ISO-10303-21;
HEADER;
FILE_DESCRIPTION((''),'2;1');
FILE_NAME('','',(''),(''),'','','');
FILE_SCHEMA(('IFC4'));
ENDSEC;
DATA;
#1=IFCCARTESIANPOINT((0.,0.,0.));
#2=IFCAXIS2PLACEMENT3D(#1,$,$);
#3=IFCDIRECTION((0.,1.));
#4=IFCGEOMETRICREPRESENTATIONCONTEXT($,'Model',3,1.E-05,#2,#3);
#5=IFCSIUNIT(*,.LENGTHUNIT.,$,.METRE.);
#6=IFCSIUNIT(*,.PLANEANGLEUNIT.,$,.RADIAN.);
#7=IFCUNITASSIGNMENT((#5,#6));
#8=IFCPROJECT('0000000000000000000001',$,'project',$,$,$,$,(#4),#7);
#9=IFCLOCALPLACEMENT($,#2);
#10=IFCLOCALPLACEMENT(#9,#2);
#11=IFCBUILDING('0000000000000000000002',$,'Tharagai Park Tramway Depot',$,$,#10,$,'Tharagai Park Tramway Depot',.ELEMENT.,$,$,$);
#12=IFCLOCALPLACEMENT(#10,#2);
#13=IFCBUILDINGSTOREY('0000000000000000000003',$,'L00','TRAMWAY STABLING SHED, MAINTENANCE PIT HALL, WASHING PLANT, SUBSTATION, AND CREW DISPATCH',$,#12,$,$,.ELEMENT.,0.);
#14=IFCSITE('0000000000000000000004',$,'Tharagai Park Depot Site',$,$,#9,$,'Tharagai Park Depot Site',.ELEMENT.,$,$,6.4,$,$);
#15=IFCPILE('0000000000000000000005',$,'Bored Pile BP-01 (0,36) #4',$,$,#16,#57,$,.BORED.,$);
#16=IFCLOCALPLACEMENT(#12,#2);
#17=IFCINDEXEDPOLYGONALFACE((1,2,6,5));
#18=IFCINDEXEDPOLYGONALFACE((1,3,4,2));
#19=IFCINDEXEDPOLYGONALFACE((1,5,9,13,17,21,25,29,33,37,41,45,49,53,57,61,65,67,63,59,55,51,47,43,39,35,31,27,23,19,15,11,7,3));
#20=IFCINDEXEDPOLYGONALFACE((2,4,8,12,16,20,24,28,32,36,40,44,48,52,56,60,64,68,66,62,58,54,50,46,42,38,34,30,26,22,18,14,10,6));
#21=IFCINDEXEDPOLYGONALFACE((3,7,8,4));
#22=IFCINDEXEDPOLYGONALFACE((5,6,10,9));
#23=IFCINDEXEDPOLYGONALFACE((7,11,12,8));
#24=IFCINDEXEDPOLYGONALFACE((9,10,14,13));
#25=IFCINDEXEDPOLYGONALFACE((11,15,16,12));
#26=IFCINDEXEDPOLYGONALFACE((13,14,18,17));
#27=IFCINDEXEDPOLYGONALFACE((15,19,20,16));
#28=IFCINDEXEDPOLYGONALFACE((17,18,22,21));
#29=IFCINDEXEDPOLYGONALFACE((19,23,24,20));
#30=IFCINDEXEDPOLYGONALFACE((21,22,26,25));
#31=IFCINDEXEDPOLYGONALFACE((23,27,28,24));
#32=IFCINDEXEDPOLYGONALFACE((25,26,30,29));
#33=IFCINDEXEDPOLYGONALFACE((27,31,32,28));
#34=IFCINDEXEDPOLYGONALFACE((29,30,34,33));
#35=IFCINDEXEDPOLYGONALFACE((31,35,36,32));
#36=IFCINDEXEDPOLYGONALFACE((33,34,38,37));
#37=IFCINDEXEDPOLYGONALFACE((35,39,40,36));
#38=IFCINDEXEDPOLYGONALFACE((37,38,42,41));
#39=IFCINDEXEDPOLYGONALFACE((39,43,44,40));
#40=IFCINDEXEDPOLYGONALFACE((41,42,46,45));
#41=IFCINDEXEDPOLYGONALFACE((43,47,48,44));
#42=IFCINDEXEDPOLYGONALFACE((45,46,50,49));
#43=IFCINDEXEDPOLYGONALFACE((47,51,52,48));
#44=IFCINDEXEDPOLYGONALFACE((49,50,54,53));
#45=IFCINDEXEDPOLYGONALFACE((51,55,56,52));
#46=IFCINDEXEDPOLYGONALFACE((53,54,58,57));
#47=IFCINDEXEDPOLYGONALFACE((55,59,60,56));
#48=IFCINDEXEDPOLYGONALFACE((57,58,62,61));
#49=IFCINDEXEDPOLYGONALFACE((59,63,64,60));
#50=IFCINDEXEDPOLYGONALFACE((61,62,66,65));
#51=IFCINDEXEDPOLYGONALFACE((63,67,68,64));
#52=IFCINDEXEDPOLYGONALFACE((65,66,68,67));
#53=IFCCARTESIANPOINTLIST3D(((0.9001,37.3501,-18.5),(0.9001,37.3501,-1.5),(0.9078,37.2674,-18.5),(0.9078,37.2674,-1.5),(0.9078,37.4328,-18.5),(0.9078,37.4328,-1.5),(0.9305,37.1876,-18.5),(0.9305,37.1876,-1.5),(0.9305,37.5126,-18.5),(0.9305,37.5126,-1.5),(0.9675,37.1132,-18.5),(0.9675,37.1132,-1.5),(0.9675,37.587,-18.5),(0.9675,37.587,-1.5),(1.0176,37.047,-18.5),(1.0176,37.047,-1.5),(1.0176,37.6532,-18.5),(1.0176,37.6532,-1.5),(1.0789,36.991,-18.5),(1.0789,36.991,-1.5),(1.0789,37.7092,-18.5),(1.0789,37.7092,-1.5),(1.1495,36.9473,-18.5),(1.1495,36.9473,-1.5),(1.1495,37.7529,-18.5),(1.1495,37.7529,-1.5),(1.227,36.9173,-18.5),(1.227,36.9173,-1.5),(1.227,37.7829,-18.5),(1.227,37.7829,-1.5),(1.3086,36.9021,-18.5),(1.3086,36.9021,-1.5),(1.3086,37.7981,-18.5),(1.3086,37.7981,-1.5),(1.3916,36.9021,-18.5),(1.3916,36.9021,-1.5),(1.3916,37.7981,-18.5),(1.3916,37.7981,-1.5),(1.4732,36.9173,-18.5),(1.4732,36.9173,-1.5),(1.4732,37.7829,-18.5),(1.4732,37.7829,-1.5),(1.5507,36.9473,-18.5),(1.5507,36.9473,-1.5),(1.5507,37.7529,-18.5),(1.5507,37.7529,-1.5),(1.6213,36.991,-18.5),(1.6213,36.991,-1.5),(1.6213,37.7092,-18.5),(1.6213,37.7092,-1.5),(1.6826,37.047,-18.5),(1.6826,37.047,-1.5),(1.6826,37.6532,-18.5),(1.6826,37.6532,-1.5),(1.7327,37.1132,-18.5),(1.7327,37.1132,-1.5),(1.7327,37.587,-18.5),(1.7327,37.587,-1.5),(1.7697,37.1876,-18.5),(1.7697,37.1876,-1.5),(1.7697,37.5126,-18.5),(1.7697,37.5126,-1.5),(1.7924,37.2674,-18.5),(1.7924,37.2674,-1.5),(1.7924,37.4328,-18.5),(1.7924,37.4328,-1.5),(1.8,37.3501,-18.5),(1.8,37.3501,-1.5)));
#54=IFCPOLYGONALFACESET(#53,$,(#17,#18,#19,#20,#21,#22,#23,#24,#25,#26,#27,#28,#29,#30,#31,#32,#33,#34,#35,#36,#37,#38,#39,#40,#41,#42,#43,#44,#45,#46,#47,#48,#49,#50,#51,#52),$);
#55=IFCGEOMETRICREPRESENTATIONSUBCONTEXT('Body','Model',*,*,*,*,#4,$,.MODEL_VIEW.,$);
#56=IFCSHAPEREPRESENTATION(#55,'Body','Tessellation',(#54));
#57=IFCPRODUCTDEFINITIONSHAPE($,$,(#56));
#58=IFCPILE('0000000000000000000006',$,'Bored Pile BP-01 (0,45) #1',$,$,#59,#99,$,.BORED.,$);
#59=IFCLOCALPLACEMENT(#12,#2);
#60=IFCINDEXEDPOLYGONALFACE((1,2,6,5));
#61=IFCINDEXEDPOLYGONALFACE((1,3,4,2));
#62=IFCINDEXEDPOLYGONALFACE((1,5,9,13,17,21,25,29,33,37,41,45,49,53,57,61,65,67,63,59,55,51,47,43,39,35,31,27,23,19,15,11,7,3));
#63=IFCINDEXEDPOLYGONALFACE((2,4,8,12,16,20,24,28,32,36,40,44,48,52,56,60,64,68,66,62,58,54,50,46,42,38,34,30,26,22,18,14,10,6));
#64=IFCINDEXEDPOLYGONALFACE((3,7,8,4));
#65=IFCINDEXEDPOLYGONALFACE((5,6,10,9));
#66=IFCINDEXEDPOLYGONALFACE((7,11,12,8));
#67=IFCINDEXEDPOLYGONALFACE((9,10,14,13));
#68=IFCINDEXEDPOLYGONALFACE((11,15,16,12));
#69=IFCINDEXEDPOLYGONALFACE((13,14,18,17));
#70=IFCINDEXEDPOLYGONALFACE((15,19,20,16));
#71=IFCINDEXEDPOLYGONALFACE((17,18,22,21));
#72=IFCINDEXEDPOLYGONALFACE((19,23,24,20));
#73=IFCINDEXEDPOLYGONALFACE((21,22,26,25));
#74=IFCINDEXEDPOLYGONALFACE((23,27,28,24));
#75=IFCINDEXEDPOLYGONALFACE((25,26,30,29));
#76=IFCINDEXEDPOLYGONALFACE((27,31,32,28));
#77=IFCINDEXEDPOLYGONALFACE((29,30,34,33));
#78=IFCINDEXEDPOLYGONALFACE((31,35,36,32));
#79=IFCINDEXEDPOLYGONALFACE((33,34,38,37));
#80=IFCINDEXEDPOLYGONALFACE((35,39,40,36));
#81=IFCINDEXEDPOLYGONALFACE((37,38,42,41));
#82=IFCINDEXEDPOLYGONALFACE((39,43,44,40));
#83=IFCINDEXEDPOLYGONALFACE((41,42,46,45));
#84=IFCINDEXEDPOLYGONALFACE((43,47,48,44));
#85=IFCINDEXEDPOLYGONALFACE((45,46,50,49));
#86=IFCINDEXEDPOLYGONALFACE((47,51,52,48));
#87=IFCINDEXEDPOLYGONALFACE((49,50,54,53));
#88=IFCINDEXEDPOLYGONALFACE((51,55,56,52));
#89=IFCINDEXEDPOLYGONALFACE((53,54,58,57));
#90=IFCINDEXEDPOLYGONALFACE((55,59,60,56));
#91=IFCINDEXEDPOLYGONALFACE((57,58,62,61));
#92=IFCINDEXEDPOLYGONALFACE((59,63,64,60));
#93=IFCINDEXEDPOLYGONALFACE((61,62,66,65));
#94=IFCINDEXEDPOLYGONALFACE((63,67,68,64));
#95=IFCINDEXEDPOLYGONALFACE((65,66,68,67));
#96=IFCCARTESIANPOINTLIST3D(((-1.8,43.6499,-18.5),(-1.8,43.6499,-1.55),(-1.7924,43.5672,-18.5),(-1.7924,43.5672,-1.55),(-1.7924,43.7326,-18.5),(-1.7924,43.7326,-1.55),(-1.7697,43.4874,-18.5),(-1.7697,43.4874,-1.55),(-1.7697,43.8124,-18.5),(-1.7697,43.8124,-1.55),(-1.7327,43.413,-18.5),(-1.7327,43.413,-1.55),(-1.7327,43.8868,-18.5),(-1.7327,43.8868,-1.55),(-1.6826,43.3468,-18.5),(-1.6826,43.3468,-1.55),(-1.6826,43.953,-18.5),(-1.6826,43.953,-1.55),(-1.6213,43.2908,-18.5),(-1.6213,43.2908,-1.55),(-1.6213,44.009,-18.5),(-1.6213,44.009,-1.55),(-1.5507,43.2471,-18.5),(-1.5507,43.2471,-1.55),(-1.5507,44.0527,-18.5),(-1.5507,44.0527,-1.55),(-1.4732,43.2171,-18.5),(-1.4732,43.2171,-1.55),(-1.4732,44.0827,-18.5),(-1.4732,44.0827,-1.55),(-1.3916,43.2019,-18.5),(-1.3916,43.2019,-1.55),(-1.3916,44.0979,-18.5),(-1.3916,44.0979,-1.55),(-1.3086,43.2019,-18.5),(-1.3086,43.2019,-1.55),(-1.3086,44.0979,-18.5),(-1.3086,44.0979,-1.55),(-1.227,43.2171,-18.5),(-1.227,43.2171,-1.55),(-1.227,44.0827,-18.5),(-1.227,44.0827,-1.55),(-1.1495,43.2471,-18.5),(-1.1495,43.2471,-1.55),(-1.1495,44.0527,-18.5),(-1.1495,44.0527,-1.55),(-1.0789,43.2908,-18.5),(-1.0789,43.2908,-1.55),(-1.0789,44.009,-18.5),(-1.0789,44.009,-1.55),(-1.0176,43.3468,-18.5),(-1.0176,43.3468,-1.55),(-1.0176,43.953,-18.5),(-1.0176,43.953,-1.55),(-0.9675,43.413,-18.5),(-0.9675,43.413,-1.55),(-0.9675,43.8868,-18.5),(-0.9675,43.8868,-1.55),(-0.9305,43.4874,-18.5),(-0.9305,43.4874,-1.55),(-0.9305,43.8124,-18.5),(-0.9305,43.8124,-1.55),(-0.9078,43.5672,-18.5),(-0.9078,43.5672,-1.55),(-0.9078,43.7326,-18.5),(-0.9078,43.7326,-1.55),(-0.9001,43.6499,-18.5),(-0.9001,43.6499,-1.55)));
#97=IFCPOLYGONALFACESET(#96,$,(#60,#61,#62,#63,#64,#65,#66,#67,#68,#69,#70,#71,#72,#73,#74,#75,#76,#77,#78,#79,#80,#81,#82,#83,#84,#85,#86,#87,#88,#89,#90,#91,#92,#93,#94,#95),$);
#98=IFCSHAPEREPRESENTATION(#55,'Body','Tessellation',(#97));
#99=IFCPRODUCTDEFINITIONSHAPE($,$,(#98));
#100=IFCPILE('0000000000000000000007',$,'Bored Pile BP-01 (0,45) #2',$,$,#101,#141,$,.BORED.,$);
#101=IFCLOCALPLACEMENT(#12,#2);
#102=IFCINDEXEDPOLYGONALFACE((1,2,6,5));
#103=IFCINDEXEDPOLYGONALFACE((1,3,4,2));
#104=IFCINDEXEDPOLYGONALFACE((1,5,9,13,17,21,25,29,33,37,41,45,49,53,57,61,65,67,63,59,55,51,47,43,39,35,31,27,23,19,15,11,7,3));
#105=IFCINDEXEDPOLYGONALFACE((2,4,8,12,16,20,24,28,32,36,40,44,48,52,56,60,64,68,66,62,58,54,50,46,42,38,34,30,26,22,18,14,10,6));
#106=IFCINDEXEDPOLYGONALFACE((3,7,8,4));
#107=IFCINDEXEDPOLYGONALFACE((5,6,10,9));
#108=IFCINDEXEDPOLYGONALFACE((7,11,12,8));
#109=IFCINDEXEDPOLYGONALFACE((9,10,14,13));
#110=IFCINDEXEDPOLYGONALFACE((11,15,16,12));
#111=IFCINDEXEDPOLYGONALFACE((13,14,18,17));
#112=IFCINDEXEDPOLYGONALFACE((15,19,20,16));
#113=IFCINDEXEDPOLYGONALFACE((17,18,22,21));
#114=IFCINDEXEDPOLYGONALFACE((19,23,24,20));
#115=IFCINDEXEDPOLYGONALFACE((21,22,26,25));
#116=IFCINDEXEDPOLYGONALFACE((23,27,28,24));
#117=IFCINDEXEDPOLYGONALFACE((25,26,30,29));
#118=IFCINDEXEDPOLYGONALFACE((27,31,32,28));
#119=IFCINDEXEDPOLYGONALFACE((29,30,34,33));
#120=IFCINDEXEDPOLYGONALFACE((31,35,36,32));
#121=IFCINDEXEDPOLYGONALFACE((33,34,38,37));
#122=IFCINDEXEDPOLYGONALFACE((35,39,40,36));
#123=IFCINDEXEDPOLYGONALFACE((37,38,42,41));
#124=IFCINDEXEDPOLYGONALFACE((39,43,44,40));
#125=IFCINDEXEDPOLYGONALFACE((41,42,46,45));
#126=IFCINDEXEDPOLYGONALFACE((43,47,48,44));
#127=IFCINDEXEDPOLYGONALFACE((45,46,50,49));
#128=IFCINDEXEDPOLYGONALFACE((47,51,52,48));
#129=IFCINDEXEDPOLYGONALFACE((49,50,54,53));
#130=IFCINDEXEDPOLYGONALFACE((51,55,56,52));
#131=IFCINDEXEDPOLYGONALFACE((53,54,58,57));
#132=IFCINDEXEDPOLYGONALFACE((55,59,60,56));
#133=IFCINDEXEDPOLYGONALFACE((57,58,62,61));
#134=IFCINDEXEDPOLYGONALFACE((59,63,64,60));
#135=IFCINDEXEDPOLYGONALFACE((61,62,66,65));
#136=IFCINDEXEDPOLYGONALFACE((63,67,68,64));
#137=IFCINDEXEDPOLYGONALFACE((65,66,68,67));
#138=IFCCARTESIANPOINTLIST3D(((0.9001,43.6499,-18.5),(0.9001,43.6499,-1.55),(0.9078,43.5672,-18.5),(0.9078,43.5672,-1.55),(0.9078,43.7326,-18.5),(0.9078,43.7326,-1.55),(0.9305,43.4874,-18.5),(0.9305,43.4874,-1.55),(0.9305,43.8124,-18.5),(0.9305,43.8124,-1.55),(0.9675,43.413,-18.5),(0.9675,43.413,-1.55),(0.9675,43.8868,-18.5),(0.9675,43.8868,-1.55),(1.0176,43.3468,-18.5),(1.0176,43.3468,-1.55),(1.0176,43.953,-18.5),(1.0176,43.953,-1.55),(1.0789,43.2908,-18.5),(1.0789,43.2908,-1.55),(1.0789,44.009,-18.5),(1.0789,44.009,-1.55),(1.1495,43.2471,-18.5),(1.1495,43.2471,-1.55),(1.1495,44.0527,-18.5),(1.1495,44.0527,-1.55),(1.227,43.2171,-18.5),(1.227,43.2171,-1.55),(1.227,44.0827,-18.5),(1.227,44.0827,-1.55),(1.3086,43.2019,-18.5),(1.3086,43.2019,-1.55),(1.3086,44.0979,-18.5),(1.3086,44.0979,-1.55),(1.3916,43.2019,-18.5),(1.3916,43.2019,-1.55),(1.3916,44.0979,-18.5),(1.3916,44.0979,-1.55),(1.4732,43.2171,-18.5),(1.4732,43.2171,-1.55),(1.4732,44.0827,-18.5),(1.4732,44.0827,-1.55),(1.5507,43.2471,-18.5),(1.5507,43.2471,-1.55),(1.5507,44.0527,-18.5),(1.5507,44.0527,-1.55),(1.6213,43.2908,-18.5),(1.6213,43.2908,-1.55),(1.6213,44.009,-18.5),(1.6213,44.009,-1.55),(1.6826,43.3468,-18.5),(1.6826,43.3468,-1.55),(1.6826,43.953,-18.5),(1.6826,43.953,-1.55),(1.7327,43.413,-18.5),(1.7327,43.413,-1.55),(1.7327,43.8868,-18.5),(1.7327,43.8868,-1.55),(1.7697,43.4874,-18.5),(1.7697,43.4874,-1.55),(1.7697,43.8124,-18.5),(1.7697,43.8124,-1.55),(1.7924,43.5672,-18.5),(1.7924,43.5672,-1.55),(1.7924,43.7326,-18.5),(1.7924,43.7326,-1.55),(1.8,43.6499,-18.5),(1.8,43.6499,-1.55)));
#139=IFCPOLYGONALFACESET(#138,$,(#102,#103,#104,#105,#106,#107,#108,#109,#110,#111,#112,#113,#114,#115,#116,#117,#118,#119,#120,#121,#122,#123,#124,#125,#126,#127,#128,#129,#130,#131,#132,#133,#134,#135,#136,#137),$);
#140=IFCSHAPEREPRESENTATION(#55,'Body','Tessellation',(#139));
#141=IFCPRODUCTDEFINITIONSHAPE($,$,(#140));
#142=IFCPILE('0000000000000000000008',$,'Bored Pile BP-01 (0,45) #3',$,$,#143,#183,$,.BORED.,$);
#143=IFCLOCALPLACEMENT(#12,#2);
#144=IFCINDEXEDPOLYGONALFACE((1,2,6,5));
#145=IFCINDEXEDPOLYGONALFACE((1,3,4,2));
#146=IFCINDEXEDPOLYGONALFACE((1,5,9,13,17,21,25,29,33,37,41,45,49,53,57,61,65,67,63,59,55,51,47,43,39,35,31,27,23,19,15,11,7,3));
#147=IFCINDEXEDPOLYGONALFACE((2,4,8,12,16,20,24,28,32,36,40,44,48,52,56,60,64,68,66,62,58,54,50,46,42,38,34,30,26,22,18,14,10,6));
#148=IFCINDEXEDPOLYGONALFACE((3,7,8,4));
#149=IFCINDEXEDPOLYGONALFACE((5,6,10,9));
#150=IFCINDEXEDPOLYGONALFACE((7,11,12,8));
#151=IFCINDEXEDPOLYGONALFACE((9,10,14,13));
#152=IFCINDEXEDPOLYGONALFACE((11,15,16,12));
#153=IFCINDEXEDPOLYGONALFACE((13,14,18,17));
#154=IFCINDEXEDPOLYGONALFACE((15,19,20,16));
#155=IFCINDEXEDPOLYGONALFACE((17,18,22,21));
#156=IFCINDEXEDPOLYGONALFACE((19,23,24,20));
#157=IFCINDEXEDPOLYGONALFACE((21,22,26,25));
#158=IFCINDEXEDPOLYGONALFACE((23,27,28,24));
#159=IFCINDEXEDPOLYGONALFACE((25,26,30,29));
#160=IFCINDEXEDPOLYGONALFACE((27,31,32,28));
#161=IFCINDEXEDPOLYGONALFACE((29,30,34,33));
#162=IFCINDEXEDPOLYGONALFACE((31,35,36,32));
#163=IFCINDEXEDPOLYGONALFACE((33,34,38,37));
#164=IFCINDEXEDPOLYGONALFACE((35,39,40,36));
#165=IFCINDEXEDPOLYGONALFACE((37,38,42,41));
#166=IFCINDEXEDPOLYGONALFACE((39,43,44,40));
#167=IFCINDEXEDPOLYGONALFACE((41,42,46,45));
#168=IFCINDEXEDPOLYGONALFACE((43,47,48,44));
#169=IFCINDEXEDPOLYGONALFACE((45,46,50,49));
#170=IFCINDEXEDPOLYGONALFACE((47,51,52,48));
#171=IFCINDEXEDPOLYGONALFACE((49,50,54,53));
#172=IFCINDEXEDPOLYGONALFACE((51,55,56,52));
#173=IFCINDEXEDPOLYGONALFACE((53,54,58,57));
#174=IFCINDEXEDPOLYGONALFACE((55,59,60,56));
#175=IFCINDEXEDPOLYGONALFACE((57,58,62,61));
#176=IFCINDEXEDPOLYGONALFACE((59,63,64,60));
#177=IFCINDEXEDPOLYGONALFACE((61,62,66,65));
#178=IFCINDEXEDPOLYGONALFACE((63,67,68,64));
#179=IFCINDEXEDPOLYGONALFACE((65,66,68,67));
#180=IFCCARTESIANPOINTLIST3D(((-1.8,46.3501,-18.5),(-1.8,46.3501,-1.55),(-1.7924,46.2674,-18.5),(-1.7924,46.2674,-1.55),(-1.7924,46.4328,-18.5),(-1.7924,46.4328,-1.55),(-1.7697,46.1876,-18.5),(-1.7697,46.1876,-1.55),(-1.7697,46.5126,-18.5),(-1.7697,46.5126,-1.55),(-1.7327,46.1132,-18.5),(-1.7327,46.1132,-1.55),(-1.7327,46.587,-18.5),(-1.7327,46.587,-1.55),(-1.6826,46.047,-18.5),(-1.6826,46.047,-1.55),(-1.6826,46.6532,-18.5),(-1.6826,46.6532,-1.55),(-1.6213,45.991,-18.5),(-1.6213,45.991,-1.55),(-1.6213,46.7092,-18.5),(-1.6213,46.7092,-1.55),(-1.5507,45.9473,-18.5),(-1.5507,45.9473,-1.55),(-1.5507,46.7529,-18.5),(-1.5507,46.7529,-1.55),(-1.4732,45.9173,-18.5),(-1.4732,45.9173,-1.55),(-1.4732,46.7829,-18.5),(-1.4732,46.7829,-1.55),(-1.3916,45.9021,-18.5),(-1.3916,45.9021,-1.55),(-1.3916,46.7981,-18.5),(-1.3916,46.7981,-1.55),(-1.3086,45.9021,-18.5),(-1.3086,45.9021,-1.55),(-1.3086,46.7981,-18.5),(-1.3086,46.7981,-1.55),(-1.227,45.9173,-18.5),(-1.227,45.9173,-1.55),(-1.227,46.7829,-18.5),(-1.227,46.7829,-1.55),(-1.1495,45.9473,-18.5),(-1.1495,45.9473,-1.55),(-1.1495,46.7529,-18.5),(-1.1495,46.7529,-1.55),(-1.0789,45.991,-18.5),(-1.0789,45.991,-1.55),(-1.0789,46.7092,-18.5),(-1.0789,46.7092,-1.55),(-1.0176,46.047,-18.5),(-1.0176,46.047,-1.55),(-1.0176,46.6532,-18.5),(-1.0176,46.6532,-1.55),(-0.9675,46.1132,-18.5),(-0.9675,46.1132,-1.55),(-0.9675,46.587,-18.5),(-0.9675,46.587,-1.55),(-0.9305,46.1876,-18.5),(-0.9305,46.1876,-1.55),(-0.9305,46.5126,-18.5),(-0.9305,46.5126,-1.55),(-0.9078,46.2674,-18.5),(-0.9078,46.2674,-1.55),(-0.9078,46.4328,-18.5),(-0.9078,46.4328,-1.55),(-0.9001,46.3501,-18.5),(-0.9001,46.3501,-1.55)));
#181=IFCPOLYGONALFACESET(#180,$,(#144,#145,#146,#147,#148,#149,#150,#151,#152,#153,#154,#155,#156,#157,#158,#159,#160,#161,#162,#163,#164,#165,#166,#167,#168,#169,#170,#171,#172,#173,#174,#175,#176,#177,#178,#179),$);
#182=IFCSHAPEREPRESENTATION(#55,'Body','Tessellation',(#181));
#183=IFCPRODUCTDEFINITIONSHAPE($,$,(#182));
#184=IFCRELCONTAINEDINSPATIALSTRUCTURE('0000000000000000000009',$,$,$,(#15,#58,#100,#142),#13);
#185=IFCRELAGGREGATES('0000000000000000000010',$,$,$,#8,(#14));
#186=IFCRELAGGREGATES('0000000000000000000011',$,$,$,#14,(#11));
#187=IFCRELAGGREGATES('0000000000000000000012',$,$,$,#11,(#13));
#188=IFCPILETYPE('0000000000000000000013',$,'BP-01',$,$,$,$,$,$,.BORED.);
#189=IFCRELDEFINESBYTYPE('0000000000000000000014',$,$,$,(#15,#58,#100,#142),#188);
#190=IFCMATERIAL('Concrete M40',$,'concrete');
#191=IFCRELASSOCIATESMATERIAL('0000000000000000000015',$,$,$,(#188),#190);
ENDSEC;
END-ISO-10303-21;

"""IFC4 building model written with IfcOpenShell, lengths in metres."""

from ifc_helpers import new_model, si_unit, direction, frame, origin, origin_2d, place, context, subcontext, project, spatial, circle, extrude, material, material_profile, profile_set, type_object, element, save


model = new_model("IFC4")

# Units and contexts
model_context = context("Model", 3, precision=1e-05, world=origin(), true_north=direction((0.0, 1.0)))
body_context = subcontext(model_context, "Body", "Model", "MODEL_VIEW")
ifc_project = project(units=[si_unit("LENGTHUNIT", "METRE"), si_unit("PLANEANGLEUNIT", "RADIAN")], contexts=[model_context])

# Site, building, storey
site_placement = place(None, origin())
site = spatial("IfcSite", under=ifc_project, at=site_placement, Name="Tharagai Park Depot Site", LongName="Tharagai Park Depot Site", CompositionType="ELEMENT", RefElevation=6.4)
building_placement = place(site_placement, origin())
building = spatial("IfcBuilding", under=site, at=building_placement, Name="Tharagai Park Tramway Depot", LongName="Tharagai Park Tramway Depot", CompositionType="ELEMENT")
storey_placement = place(building_placement, origin())
storey = spatial("IfcBuildingStorey", under=building, at=storey_placement, Name="L00", Description="TRAMWAY STABLING SHED, MAINTENANCE PIT HALL, WASHING PLANT, SUBSTATION, AND CREW DISPATCH", CompositionType="ELEMENT", Elevation=0.0)

# Piles
ifc_material_1 = material(Name="Concrete M40", Category="concrete")
ifc_material_profile_1 = material_profile(ifc_material_1, circle(Radius=0.45, at=origin_2d()), Name="PILE D900")
ifc_profile_set_1 = profile_set([ifc_material_profile_1], Name="Concrete M40")
pile_type = type_object("IfcPileType", Name="BP-01", PredefinedType="BORED", material=ifc_profile_set_1)
for number, where, z_axis, x_axis, name in (
    (1, (1.3501, 37.3501, -1.5), (0.0, 0.0, -1.0), (1.0, 0.0, 0.0), "Bored Pile BP-01 (0,36) #4"),
):
    element("IfcPile", number, at=place(storey_placement, frame(where, z_axis=z_axis, x_axis=x_axis)), inside=storey, type_object=pile_type, Name=name, PredefinedType="BORED", context=body_context, shape_type="SweptSolid", body=[
        extrude(circle(Radius=0.45, at=origin_2d()), origin(), (0.0, 0.0, 1.0), 17.0),
    ])
for number, where, z_axis, x_axis, name in (
    (2, (-1.3501, 43.6499, -1.55), (0.0, 0.0, -1.0), (1.0, 0.0, 0.0), "Bored Pile BP-01 (0,45) #1"),
    (3, (1.3501, 43.6499, -1.55), (0.0, 0.0, -1.0), (1.0, 0.0, 0.0), "Bored Pile BP-01 (0,45) #2"),
    (4, (-1.3501, 46.3501, -1.55), (0.0, 0.0, -1.0), (1.0, 0.0, 0.0), "Bored Pile BP-01 (0,45) #3"),
):
    element("IfcPile", number, at=place(storey_placement, frame(where, z_axis=z_axis, x_axis=x_axis)), inside=storey, type_object=pile_type, Name=name, PredefinedType="BORED", context=body_context, shape_type="SweptSolid", body=[
        extrude(circle(Radius=0.45, at=origin_2d()), origin(), (0.0, 0.0, 1.0), 16.95),
    ])

save(model, "model.ifc")
